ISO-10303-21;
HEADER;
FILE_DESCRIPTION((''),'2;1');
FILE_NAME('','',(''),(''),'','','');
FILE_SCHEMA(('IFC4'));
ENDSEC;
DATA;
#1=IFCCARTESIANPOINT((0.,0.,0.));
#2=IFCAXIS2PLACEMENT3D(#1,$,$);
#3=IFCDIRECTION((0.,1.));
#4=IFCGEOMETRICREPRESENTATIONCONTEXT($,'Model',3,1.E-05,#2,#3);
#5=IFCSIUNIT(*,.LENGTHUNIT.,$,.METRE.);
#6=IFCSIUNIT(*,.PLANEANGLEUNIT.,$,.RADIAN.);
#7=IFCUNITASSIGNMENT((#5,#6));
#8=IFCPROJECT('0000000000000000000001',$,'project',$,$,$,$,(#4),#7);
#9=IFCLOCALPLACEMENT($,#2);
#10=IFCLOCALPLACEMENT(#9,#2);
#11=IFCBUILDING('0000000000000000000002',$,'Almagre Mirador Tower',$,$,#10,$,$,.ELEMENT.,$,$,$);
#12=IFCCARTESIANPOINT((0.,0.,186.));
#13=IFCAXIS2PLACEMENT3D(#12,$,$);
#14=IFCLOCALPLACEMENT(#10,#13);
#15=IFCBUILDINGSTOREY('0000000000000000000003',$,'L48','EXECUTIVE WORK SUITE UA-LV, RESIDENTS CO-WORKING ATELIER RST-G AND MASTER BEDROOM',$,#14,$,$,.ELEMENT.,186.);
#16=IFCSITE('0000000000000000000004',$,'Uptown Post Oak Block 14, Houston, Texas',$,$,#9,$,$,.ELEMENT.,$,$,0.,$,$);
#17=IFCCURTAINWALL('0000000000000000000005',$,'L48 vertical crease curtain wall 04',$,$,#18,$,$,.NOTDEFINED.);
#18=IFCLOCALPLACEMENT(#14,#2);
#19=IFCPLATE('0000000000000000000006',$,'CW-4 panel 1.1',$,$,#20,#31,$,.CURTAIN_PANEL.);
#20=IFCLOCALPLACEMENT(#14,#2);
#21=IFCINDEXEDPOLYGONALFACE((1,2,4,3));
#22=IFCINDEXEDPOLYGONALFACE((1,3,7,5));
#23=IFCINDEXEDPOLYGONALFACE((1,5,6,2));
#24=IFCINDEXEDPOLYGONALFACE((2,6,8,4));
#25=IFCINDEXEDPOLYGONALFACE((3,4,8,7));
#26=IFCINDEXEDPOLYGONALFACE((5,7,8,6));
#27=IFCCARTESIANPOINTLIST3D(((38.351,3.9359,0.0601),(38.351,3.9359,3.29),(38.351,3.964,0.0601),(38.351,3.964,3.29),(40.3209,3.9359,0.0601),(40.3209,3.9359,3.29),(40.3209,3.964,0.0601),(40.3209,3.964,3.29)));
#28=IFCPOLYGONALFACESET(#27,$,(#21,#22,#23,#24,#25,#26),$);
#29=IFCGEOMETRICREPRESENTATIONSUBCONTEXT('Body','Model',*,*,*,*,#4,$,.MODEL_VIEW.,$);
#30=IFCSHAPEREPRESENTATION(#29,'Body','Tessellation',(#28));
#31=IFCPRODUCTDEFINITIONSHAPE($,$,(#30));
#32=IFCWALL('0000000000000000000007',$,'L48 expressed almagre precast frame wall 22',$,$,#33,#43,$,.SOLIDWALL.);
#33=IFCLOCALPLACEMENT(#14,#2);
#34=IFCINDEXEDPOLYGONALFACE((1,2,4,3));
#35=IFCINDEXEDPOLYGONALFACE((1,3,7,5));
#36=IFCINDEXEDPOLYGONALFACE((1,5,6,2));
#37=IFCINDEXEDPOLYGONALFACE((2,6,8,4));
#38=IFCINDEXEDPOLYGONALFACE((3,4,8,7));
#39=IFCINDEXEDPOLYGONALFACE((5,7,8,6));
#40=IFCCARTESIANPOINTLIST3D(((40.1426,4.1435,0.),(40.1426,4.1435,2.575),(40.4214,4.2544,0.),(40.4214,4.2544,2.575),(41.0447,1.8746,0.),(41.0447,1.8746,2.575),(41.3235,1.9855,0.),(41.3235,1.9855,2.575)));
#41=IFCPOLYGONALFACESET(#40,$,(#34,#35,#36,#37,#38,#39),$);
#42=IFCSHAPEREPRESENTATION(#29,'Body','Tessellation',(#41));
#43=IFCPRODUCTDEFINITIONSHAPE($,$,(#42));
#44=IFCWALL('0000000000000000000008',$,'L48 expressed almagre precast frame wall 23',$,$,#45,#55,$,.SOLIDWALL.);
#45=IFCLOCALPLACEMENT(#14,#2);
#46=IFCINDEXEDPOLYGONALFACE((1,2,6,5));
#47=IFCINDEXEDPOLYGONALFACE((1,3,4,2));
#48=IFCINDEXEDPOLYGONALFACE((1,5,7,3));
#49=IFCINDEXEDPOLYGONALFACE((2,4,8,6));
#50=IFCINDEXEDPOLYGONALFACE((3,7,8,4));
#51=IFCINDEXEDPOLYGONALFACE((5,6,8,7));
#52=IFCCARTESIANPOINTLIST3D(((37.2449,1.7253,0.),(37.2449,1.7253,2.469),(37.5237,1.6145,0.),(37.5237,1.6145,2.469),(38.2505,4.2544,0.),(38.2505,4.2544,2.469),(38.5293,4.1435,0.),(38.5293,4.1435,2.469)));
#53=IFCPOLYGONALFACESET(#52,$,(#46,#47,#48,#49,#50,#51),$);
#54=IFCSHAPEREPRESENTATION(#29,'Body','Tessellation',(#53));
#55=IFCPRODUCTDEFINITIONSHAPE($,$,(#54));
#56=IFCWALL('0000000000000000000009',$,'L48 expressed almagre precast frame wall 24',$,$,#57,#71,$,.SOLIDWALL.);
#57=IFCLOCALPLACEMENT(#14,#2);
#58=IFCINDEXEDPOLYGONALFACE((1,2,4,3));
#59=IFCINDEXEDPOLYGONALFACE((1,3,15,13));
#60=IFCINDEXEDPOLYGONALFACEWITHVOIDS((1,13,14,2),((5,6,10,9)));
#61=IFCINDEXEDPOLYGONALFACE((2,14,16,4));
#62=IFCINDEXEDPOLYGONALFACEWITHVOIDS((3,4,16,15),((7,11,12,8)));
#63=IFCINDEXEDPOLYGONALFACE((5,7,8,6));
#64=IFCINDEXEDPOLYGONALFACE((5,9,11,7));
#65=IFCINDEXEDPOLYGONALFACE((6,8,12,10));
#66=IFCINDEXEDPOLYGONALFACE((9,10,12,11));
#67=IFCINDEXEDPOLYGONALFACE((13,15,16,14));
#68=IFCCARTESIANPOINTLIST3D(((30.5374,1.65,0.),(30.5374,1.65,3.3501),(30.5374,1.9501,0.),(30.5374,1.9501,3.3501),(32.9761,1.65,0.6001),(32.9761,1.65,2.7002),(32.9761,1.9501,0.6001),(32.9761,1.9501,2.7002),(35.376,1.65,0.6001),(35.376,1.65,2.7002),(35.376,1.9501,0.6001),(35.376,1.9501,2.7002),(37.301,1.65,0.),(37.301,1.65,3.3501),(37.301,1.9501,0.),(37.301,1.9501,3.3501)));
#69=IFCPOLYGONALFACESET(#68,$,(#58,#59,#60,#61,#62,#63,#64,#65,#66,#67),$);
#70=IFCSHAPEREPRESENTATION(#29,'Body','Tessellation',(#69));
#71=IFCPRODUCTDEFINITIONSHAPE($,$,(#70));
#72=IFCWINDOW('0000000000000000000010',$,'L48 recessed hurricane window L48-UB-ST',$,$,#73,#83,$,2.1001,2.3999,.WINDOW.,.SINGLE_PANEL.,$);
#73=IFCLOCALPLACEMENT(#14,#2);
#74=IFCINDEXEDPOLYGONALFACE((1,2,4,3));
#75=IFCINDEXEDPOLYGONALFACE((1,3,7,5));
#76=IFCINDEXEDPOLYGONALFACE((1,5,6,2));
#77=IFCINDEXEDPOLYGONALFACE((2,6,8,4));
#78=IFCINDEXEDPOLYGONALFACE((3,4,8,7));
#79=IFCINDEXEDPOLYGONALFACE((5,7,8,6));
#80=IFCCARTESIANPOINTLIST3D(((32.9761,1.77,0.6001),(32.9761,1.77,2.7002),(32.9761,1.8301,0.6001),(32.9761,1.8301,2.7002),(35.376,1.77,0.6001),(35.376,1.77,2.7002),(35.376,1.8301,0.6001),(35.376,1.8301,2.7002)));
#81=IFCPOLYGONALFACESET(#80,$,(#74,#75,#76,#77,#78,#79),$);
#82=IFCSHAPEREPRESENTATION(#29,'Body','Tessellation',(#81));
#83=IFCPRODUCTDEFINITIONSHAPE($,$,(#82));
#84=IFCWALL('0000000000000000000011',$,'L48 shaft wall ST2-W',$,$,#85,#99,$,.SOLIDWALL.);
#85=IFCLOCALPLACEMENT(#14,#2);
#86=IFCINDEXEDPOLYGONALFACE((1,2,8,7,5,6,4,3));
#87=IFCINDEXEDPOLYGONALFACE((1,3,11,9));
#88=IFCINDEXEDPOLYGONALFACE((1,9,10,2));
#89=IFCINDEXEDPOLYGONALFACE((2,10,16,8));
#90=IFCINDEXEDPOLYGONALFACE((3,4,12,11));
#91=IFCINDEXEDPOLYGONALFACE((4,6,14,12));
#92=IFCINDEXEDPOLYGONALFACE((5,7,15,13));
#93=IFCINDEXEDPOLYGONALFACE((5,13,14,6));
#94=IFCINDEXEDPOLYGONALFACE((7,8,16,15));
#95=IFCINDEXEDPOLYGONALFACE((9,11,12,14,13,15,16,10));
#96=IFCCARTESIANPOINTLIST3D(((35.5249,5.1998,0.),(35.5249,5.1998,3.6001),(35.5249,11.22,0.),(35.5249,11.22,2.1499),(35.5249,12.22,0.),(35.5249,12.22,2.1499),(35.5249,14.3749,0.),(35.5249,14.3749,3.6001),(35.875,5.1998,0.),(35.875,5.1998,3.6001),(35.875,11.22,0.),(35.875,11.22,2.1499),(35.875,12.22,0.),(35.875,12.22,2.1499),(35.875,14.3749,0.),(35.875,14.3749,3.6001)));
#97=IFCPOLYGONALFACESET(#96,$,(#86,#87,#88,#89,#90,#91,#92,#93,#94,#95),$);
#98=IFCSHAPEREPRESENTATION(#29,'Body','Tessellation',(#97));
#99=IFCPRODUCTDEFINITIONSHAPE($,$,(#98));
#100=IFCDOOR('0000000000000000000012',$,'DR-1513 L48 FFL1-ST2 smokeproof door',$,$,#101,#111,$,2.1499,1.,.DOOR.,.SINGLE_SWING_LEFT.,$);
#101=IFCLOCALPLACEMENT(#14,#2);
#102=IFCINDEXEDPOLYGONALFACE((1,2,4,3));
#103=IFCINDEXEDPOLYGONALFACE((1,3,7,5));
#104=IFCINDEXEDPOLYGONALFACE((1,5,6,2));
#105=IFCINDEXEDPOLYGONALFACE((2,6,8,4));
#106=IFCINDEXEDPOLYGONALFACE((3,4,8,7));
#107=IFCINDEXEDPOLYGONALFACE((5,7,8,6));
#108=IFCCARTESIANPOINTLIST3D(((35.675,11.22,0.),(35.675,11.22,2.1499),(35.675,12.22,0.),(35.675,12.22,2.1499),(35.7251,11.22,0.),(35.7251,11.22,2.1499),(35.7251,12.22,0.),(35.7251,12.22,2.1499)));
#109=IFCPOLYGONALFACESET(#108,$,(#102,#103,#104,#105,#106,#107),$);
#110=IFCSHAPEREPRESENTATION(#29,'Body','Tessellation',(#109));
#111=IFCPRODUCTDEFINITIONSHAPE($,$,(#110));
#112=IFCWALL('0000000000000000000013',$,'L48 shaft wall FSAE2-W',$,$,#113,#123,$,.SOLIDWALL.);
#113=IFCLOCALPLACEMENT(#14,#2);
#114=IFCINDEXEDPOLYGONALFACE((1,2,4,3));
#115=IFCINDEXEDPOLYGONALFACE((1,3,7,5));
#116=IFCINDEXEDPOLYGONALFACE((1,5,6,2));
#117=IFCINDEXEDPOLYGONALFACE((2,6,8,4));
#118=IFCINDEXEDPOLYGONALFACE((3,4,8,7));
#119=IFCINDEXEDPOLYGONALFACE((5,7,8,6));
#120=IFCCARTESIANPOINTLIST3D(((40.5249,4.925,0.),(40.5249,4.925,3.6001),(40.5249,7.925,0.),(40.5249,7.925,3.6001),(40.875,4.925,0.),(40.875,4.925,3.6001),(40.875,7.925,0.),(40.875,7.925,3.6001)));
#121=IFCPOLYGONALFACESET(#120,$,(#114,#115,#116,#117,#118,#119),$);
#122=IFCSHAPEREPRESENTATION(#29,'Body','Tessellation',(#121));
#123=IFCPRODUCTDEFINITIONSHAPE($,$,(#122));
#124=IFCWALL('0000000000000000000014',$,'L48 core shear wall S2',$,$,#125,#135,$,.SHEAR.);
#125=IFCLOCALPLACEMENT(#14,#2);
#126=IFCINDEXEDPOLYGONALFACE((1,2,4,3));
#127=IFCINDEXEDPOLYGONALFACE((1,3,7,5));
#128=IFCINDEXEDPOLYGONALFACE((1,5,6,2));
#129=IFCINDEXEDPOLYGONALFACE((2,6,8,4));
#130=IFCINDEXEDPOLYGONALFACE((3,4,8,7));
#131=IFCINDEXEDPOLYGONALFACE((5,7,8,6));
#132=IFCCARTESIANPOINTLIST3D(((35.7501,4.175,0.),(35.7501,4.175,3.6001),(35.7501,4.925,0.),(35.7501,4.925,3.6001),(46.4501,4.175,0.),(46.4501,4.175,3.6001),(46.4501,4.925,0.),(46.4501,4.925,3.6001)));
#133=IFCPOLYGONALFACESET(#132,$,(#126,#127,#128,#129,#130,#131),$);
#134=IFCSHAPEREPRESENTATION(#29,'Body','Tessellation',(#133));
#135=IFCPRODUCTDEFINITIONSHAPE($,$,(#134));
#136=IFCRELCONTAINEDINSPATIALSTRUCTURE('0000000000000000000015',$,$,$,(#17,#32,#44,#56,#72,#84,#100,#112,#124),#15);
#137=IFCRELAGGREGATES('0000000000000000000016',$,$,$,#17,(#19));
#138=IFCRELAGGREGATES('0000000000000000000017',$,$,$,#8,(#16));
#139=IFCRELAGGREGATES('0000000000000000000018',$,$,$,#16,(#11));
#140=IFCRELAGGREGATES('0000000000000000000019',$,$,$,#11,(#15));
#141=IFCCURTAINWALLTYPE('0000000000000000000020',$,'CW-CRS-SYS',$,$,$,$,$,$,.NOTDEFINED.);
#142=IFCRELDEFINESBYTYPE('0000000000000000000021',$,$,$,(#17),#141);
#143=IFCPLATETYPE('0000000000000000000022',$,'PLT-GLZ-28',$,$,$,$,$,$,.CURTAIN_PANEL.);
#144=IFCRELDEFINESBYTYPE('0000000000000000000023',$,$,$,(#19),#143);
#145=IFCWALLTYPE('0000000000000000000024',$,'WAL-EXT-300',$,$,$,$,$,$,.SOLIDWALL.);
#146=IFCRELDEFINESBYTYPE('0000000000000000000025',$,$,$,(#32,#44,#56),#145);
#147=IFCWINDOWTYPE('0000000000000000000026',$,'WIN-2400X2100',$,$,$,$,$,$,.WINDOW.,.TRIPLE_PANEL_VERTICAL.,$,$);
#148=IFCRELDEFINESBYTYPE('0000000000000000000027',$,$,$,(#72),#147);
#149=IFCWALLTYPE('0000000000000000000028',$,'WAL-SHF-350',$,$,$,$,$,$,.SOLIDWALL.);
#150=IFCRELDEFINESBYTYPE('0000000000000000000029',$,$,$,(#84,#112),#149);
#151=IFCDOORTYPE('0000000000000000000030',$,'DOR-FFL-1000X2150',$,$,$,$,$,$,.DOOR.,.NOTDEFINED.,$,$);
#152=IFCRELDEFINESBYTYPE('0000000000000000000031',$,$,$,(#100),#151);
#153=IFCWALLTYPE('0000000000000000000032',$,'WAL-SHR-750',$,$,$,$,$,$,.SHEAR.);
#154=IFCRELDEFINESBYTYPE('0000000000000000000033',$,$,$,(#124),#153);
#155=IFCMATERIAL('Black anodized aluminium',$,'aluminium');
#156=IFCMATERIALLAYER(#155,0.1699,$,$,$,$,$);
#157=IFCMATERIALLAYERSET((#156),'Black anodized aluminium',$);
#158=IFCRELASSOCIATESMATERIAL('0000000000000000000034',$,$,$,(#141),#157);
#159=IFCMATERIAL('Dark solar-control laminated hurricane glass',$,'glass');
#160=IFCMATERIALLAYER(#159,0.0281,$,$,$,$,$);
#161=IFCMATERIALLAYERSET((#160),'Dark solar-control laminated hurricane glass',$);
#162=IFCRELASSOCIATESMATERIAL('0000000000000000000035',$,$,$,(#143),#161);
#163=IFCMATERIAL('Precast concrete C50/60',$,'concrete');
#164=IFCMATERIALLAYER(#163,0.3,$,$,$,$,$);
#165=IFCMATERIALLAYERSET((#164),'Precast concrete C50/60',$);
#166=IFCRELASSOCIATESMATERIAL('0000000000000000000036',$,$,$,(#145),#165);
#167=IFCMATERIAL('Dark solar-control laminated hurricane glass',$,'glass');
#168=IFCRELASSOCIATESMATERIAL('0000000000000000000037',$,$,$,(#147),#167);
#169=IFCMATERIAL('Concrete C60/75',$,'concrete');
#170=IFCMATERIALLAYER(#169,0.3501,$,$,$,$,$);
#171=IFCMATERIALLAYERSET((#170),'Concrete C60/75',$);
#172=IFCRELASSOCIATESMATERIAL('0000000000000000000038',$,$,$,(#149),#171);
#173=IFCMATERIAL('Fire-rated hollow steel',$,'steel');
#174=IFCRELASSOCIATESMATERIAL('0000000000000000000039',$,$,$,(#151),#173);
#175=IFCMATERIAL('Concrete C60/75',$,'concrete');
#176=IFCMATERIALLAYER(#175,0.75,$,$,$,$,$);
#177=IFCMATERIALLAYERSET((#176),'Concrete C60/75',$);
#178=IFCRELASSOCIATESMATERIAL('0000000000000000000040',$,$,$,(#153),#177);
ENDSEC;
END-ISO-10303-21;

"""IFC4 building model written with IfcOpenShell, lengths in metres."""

from ifc_helpers import new_model, si_unit, direction, frame, frame_2d, origin, origin_2d, place, context, subcontext, project, spatial, rectangle, extrude, material, layer, layer_set, type_object, element, fill, aggregate, save


model = new_model("IFC4")

# Units and contexts
model_context = context("Model", 3, precision=1e-05, world=origin(), true_north=direction((0.0, 1.0)))
body_context = subcontext(model_context, "Body", "Model", "MODEL_VIEW")
ifc_project = project(units=[si_unit("LENGTHUNIT", "METRE"), si_unit("PLANEANGLEUNIT", "RADIAN")], contexts=[model_context])

# Site, building, storey
site_placement = place(None, origin())
site = spatial("IfcSite", under=ifc_project, at=site_placement, Name="Uptown Post Oak Block 14, Houston, Texas", CompositionType="ELEMENT", RefElevation=0.0)
building_placement = place(site_placement, origin())
building = spatial("IfcBuilding", under=site, at=building_placement, Name="Almagre Mirador Tower", CompositionType="ELEMENT")
storey_placement = place(building_placement, frame((0.0, 0.0, 186.0)))
storey = spatial("IfcBuildingStorey", under=building, at=storey_placement, Name="L48", Description="EXECUTIVE WORK SUITE UA-LV, RESIDENTS CO-WORKING ATELIER RST-G AND MASTER BEDROOM", CompositionType="ELEMENT", Elevation=186.0)

# Curtain wall, plate
ifc_material_1 = material(Name="Black anodized aluminium", Category="aluminium")
ifc_layer_1 = layer(ifc_material_1, 0.1699)
ifc_layer_set_1 = layer_set([ifc_layer_1], Name="Black anodized aluminium")
curtain_wall_type = type_object("IfcCurtainWallType", Name="CW-CRS-SYS", PredefinedType="NOTDEFINED", material=ifc_layer_set_1)
curtain_wall_placement = place(storey_placement, origin())
curtain_wall = element("IfcCurtainWall", 1, at=curtain_wall_placement, inside=storey, type_object=curtain_wall_type, Name="L48 vertical crease curtain wall 04", PredefinedType="NOTDEFINED")
ifc_material_2 = material(Name="Dark solar-control laminated hurricane glass", Category="glass")
ifc_layer_2 = layer(ifc_material_2, 0.0281)
ifc_layer_set_2 = layer_set([ifc_layer_2], Name="Dark solar-control laminated hurricane glass")
plate_type = type_object("IfcPlateType", Name="PLT-GLZ-28", PredefinedType="CURTAIN_PANEL", material=ifc_layer_set_2)
plate_placement = place(storey_placement, frame((39.3359, 3.95, 0.0601), z_axis=(0.0, 0.0, 1.0), x_axis=(-1.0, 0.0, 0.0)))
plate = element("IfcPlate", 2, at=plate_placement, type_object=plate_type, Name="CW-4 panel 1.1", PredefinedType="CURTAIN_PANEL", context=body_context, shape_type="SweptSolid", body=[
    extrude(rectangle(XDim=1.97, YDim=0.0281, at=origin_2d()), origin(), (0.0, 0.0, 1.0), 3.23),
])
aggregate(curtain_wall, [plate])

# Walls
ifc_material_3 = material(Name="Precast concrete C50/60", Category="concrete")
ifc_layer_3 = layer(ifc_material_3, 0.3)
ifc_layer_set_3 = layer_set([ifc_layer_3], Name="Precast concrete C50/60")
wall_type_1 = type_object("IfcWallType", Name="WAL-EXT-300", PredefinedType="SOLIDWALL", material=ifc_layer_set_3)
wall_1_placement = place(storey_placement, frame((41.1841, 1.9302, 0.0), z_axis=(0.0, 0.0, 1.0), x_axis=(-0.369476, 0.92924, 0.0)))
element("IfcWall", 3, at=wall_1_placement, inside=storey, type_object=wall_type_1, Name="L48 expressed almagre precast frame wall 22", PredefinedType="SOLIDWALL", context=body_context, shape_type="SweptSolid", body=[
    extrude(rectangle(XDim=2.4417, YDim=0.3, at=frame_2d((1.2207, 0.0))), origin(), (0.0, 0.0, 1.0), 2.575),
])
wall_2_placement = place(storey_placement, frame((38.3899, 4.199, 0.0), z_axis=(0.0, 0.0, 1.0), x_axis=(-0.369488, -0.929236, 0.0)))
element("IfcWall", 4, at=wall_2_placement, inside=storey, type_object=wall_type_1, Name="L48 expressed almagre precast frame wall 23", PredefinedType="SOLIDWALL", context=body_context, shape_type="SweptSolid", body=[
    extrude(rectangle(XDim=2.7217, YDim=0.3, at=frame_2d((1.3608, 0.0))), origin(), (0.0, 0.0, 1.0), 2.469),
])

# Wall, opening, window
wall_3_placement = place(storey_placement, frame((37.301, 1.8, 0.0), z_axis=(0.0, 0.0, 1.0), x_axis=(-1.0, 0.0, 0.0)))
wall_3 = element("IfcWall", 5, at=wall_3_placement, inside=storey, type_object=wall_type_1, Name="L48 expressed almagre precast frame wall 24", PredefinedType="SOLIDWALL", context=body_context, shape_type="SweptSolid", body=[
    extrude(rectangle(XDim=6.7637, YDim=0.3, at=frame_2d((3.3818, 0.0))), origin(), (0.0, 0.0, 1.0), 3.3501),
])
opening_1_placement = place(wall_3_placement, frame((1.925, 0.0, 0.6001)))
opening_1 = element("IfcOpeningElement", 6, at=opening_1_placement, cuts=wall_3, PredefinedType="OPENING", context=body_context, shape_type="SweptSolid", body=[
    extrude(rectangle(XDim=2.3999, YDim=2.1001, at=frame_2d((1.2, 1.05))), frame((0.0, 0.1599, 0.0), z_axis=(0.0, -1.0, 0.0), x_axis=(1.0, 0.0, 0.0)), (0.0, 0.0, 1.0), 0.32),
])
ifc_material_4 = material(Name="Dark solar-control laminated hurricane glass", Category="glass")
window_type = type_object("IfcWindowType", Name="WIN-2400X2100", PartitioningType="TRIPLE_PANEL_VERTICAL", PredefinedType="WINDOW", material=ifc_material_4)
window_placement = place(opening_1_placement, origin())
window = element("IfcWindow", 7, at=window_placement, inside=storey, type_object=window_type, Name="L48 recessed hurricane window L48-UB-ST", OverallHeight=2.1001, OverallWidth=2.3999, PartitioningType="SINGLE_PANEL", PredefinedType="WINDOW", context=body_context, shape_type="SweptSolid", body=[
    extrude(rectangle(XDim=2.3999, YDim=2.1001, at=frame_2d((1.2, 1.05))), frame((0.0, 0.03, 0.0), z_axis=(0.0, -1.0, 0.0), x_axis=(1.0, 0.0, 0.0)), (0.0, 0.0, 1.0), 0.0601),
])
fill(opening_1, window)

# Wall, opening, door
ifc_material_5 = material(Name="Concrete C60/75", Category="concrete")
ifc_layer_4 = layer(ifc_material_5, 0.3501)
ifc_layer_set_4 = layer_set([ifc_layer_4], Name="Concrete C60/75")
wall_type_2 = type_object("IfcWallType", Name="WAL-SHF-350", PredefinedType="SOLIDWALL", material=ifc_layer_set_4)
wall_4_placement = place(storey_placement, frame((35.7, 5.2, 0.0), z_axis=(0.0, 0.0, 1.0), x_axis=(0.0, 1.0, 0.0)))
wall_4 = element("IfcWall", 8, at=wall_4_placement, inside=storey, type_object=wall_type_2, Name="L48 shaft wall ST2-W", PredefinedType="SOLIDWALL", context=body_context, shape_type="SweptSolid", body=[
    extrude(rectangle(XDim=9.175, YDim=0.3501, at=frame_2d((4.5874, 0.0))), origin(), (0.0, 0.0, 1.0), 3.6001),
])
opening_2_placement = place(wall_4_placement, frame((6.02, 0.0, 0.0)))
opening_2 = element("IfcOpeningElement", 9, at=opening_2_placement, cuts=wall_4, PredefinedType="OPENING", context=body_context, shape_type="SweptSolid", body=[
    extrude(rectangle(XDim=1.0, YDim=2.1499, at=frame_2d((0.5, 1.075))), frame((0.0, 0.185, 0.0), z_axis=(0.0, -1.0, 0.0), x_axis=(1.0, 0.0, 0.0)), (0.0, 0.0, 1.0), 0.3701),
])
ifc_material_6 = material(Name="Fire-rated hollow steel", Category="steel")
door_type = type_object("IfcDoorType", Name="DOR-FFL-1000X2150", OperationType="NOTDEFINED", PredefinedType="DOOR", material=ifc_material_6)
door_placement = place(opening_2_placement, origin())
door = element("IfcDoor", 10, at=door_placement, inside=storey, type_object=door_type, Name="DR-1513 L48 FFL1-ST2 smokeproof door", OperationType="SINGLE_SWING_LEFT", OverallHeight=2.1499, OverallWidth=1.0, PredefinedType="DOOR", context=body_context, shape_type="SweptSolid", body=[
    extrude(rectangle(XDim=1.0, YDim=2.1499, at=frame_2d((0.5, 1.075))), frame((0.0, 0.0249, 0.0), z_axis=(0.0, -1.0, 0.0), x_axis=(1.0, 0.0, 0.0)), (0.0, 0.0, 1.0), 0.05),
])
fill(opening_2, door)

# Walls
wall_5_placement = place(storey_placement, frame((40.7, 4.925, 0.0), z_axis=(0.0, 0.0, 1.0), x_axis=(0.0, 1.0, 0.0)))
element("IfcWall", 11, at=wall_5_placement, inside=storey, type_object=wall_type_2, Name="L48 shaft wall FSAE2-W", PredefinedType="SOLIDWALL", context=body_context, shape_type="SweptSolid", body=[
    extrude(rectangle(XDim=3.0, YDim=0.3501, at=frame_2d((1.5, 0.0))), origin(), (0.0, 0.0, 1.0), 3.6001),
])
ifc_material_7 = material(Name="Concrete C60/75", Category="concrete")
ifc_layer_5 = layer(ifc_material_7, 0.75)
ifc_layer_set_5 = layer_set([ifc_layer_5], Name="Concrete C60/75")
wall_type_3 = type_object("IfcWallType", Name="WAL-SHR-750", PredefinedType="SHEAR", material=ifc_layer_set_5)
wall_6_placement = place(storey_placement, frame((35.75, 4.55, 0.0), z_axis=(0.0, 0.0, 1.0), x_axis=(1.0, 0.0, 0.0)))
element("IfcWall", 12, at=wall_6_placement, inside=storey, type_object=wall_type_3, Name="L48 core shear wall S2", PredefinedType="SHEAR", context=body_context, shape_type="SweptSolid", body=[
    extrude(rectangle(XDim=10.7, YDim=0.75, at=frame_2d((5.3501, 0.0))), origin(), (0.0, 0.0, 1.0), 3.6001),
])

save(model, "model.ifc")
